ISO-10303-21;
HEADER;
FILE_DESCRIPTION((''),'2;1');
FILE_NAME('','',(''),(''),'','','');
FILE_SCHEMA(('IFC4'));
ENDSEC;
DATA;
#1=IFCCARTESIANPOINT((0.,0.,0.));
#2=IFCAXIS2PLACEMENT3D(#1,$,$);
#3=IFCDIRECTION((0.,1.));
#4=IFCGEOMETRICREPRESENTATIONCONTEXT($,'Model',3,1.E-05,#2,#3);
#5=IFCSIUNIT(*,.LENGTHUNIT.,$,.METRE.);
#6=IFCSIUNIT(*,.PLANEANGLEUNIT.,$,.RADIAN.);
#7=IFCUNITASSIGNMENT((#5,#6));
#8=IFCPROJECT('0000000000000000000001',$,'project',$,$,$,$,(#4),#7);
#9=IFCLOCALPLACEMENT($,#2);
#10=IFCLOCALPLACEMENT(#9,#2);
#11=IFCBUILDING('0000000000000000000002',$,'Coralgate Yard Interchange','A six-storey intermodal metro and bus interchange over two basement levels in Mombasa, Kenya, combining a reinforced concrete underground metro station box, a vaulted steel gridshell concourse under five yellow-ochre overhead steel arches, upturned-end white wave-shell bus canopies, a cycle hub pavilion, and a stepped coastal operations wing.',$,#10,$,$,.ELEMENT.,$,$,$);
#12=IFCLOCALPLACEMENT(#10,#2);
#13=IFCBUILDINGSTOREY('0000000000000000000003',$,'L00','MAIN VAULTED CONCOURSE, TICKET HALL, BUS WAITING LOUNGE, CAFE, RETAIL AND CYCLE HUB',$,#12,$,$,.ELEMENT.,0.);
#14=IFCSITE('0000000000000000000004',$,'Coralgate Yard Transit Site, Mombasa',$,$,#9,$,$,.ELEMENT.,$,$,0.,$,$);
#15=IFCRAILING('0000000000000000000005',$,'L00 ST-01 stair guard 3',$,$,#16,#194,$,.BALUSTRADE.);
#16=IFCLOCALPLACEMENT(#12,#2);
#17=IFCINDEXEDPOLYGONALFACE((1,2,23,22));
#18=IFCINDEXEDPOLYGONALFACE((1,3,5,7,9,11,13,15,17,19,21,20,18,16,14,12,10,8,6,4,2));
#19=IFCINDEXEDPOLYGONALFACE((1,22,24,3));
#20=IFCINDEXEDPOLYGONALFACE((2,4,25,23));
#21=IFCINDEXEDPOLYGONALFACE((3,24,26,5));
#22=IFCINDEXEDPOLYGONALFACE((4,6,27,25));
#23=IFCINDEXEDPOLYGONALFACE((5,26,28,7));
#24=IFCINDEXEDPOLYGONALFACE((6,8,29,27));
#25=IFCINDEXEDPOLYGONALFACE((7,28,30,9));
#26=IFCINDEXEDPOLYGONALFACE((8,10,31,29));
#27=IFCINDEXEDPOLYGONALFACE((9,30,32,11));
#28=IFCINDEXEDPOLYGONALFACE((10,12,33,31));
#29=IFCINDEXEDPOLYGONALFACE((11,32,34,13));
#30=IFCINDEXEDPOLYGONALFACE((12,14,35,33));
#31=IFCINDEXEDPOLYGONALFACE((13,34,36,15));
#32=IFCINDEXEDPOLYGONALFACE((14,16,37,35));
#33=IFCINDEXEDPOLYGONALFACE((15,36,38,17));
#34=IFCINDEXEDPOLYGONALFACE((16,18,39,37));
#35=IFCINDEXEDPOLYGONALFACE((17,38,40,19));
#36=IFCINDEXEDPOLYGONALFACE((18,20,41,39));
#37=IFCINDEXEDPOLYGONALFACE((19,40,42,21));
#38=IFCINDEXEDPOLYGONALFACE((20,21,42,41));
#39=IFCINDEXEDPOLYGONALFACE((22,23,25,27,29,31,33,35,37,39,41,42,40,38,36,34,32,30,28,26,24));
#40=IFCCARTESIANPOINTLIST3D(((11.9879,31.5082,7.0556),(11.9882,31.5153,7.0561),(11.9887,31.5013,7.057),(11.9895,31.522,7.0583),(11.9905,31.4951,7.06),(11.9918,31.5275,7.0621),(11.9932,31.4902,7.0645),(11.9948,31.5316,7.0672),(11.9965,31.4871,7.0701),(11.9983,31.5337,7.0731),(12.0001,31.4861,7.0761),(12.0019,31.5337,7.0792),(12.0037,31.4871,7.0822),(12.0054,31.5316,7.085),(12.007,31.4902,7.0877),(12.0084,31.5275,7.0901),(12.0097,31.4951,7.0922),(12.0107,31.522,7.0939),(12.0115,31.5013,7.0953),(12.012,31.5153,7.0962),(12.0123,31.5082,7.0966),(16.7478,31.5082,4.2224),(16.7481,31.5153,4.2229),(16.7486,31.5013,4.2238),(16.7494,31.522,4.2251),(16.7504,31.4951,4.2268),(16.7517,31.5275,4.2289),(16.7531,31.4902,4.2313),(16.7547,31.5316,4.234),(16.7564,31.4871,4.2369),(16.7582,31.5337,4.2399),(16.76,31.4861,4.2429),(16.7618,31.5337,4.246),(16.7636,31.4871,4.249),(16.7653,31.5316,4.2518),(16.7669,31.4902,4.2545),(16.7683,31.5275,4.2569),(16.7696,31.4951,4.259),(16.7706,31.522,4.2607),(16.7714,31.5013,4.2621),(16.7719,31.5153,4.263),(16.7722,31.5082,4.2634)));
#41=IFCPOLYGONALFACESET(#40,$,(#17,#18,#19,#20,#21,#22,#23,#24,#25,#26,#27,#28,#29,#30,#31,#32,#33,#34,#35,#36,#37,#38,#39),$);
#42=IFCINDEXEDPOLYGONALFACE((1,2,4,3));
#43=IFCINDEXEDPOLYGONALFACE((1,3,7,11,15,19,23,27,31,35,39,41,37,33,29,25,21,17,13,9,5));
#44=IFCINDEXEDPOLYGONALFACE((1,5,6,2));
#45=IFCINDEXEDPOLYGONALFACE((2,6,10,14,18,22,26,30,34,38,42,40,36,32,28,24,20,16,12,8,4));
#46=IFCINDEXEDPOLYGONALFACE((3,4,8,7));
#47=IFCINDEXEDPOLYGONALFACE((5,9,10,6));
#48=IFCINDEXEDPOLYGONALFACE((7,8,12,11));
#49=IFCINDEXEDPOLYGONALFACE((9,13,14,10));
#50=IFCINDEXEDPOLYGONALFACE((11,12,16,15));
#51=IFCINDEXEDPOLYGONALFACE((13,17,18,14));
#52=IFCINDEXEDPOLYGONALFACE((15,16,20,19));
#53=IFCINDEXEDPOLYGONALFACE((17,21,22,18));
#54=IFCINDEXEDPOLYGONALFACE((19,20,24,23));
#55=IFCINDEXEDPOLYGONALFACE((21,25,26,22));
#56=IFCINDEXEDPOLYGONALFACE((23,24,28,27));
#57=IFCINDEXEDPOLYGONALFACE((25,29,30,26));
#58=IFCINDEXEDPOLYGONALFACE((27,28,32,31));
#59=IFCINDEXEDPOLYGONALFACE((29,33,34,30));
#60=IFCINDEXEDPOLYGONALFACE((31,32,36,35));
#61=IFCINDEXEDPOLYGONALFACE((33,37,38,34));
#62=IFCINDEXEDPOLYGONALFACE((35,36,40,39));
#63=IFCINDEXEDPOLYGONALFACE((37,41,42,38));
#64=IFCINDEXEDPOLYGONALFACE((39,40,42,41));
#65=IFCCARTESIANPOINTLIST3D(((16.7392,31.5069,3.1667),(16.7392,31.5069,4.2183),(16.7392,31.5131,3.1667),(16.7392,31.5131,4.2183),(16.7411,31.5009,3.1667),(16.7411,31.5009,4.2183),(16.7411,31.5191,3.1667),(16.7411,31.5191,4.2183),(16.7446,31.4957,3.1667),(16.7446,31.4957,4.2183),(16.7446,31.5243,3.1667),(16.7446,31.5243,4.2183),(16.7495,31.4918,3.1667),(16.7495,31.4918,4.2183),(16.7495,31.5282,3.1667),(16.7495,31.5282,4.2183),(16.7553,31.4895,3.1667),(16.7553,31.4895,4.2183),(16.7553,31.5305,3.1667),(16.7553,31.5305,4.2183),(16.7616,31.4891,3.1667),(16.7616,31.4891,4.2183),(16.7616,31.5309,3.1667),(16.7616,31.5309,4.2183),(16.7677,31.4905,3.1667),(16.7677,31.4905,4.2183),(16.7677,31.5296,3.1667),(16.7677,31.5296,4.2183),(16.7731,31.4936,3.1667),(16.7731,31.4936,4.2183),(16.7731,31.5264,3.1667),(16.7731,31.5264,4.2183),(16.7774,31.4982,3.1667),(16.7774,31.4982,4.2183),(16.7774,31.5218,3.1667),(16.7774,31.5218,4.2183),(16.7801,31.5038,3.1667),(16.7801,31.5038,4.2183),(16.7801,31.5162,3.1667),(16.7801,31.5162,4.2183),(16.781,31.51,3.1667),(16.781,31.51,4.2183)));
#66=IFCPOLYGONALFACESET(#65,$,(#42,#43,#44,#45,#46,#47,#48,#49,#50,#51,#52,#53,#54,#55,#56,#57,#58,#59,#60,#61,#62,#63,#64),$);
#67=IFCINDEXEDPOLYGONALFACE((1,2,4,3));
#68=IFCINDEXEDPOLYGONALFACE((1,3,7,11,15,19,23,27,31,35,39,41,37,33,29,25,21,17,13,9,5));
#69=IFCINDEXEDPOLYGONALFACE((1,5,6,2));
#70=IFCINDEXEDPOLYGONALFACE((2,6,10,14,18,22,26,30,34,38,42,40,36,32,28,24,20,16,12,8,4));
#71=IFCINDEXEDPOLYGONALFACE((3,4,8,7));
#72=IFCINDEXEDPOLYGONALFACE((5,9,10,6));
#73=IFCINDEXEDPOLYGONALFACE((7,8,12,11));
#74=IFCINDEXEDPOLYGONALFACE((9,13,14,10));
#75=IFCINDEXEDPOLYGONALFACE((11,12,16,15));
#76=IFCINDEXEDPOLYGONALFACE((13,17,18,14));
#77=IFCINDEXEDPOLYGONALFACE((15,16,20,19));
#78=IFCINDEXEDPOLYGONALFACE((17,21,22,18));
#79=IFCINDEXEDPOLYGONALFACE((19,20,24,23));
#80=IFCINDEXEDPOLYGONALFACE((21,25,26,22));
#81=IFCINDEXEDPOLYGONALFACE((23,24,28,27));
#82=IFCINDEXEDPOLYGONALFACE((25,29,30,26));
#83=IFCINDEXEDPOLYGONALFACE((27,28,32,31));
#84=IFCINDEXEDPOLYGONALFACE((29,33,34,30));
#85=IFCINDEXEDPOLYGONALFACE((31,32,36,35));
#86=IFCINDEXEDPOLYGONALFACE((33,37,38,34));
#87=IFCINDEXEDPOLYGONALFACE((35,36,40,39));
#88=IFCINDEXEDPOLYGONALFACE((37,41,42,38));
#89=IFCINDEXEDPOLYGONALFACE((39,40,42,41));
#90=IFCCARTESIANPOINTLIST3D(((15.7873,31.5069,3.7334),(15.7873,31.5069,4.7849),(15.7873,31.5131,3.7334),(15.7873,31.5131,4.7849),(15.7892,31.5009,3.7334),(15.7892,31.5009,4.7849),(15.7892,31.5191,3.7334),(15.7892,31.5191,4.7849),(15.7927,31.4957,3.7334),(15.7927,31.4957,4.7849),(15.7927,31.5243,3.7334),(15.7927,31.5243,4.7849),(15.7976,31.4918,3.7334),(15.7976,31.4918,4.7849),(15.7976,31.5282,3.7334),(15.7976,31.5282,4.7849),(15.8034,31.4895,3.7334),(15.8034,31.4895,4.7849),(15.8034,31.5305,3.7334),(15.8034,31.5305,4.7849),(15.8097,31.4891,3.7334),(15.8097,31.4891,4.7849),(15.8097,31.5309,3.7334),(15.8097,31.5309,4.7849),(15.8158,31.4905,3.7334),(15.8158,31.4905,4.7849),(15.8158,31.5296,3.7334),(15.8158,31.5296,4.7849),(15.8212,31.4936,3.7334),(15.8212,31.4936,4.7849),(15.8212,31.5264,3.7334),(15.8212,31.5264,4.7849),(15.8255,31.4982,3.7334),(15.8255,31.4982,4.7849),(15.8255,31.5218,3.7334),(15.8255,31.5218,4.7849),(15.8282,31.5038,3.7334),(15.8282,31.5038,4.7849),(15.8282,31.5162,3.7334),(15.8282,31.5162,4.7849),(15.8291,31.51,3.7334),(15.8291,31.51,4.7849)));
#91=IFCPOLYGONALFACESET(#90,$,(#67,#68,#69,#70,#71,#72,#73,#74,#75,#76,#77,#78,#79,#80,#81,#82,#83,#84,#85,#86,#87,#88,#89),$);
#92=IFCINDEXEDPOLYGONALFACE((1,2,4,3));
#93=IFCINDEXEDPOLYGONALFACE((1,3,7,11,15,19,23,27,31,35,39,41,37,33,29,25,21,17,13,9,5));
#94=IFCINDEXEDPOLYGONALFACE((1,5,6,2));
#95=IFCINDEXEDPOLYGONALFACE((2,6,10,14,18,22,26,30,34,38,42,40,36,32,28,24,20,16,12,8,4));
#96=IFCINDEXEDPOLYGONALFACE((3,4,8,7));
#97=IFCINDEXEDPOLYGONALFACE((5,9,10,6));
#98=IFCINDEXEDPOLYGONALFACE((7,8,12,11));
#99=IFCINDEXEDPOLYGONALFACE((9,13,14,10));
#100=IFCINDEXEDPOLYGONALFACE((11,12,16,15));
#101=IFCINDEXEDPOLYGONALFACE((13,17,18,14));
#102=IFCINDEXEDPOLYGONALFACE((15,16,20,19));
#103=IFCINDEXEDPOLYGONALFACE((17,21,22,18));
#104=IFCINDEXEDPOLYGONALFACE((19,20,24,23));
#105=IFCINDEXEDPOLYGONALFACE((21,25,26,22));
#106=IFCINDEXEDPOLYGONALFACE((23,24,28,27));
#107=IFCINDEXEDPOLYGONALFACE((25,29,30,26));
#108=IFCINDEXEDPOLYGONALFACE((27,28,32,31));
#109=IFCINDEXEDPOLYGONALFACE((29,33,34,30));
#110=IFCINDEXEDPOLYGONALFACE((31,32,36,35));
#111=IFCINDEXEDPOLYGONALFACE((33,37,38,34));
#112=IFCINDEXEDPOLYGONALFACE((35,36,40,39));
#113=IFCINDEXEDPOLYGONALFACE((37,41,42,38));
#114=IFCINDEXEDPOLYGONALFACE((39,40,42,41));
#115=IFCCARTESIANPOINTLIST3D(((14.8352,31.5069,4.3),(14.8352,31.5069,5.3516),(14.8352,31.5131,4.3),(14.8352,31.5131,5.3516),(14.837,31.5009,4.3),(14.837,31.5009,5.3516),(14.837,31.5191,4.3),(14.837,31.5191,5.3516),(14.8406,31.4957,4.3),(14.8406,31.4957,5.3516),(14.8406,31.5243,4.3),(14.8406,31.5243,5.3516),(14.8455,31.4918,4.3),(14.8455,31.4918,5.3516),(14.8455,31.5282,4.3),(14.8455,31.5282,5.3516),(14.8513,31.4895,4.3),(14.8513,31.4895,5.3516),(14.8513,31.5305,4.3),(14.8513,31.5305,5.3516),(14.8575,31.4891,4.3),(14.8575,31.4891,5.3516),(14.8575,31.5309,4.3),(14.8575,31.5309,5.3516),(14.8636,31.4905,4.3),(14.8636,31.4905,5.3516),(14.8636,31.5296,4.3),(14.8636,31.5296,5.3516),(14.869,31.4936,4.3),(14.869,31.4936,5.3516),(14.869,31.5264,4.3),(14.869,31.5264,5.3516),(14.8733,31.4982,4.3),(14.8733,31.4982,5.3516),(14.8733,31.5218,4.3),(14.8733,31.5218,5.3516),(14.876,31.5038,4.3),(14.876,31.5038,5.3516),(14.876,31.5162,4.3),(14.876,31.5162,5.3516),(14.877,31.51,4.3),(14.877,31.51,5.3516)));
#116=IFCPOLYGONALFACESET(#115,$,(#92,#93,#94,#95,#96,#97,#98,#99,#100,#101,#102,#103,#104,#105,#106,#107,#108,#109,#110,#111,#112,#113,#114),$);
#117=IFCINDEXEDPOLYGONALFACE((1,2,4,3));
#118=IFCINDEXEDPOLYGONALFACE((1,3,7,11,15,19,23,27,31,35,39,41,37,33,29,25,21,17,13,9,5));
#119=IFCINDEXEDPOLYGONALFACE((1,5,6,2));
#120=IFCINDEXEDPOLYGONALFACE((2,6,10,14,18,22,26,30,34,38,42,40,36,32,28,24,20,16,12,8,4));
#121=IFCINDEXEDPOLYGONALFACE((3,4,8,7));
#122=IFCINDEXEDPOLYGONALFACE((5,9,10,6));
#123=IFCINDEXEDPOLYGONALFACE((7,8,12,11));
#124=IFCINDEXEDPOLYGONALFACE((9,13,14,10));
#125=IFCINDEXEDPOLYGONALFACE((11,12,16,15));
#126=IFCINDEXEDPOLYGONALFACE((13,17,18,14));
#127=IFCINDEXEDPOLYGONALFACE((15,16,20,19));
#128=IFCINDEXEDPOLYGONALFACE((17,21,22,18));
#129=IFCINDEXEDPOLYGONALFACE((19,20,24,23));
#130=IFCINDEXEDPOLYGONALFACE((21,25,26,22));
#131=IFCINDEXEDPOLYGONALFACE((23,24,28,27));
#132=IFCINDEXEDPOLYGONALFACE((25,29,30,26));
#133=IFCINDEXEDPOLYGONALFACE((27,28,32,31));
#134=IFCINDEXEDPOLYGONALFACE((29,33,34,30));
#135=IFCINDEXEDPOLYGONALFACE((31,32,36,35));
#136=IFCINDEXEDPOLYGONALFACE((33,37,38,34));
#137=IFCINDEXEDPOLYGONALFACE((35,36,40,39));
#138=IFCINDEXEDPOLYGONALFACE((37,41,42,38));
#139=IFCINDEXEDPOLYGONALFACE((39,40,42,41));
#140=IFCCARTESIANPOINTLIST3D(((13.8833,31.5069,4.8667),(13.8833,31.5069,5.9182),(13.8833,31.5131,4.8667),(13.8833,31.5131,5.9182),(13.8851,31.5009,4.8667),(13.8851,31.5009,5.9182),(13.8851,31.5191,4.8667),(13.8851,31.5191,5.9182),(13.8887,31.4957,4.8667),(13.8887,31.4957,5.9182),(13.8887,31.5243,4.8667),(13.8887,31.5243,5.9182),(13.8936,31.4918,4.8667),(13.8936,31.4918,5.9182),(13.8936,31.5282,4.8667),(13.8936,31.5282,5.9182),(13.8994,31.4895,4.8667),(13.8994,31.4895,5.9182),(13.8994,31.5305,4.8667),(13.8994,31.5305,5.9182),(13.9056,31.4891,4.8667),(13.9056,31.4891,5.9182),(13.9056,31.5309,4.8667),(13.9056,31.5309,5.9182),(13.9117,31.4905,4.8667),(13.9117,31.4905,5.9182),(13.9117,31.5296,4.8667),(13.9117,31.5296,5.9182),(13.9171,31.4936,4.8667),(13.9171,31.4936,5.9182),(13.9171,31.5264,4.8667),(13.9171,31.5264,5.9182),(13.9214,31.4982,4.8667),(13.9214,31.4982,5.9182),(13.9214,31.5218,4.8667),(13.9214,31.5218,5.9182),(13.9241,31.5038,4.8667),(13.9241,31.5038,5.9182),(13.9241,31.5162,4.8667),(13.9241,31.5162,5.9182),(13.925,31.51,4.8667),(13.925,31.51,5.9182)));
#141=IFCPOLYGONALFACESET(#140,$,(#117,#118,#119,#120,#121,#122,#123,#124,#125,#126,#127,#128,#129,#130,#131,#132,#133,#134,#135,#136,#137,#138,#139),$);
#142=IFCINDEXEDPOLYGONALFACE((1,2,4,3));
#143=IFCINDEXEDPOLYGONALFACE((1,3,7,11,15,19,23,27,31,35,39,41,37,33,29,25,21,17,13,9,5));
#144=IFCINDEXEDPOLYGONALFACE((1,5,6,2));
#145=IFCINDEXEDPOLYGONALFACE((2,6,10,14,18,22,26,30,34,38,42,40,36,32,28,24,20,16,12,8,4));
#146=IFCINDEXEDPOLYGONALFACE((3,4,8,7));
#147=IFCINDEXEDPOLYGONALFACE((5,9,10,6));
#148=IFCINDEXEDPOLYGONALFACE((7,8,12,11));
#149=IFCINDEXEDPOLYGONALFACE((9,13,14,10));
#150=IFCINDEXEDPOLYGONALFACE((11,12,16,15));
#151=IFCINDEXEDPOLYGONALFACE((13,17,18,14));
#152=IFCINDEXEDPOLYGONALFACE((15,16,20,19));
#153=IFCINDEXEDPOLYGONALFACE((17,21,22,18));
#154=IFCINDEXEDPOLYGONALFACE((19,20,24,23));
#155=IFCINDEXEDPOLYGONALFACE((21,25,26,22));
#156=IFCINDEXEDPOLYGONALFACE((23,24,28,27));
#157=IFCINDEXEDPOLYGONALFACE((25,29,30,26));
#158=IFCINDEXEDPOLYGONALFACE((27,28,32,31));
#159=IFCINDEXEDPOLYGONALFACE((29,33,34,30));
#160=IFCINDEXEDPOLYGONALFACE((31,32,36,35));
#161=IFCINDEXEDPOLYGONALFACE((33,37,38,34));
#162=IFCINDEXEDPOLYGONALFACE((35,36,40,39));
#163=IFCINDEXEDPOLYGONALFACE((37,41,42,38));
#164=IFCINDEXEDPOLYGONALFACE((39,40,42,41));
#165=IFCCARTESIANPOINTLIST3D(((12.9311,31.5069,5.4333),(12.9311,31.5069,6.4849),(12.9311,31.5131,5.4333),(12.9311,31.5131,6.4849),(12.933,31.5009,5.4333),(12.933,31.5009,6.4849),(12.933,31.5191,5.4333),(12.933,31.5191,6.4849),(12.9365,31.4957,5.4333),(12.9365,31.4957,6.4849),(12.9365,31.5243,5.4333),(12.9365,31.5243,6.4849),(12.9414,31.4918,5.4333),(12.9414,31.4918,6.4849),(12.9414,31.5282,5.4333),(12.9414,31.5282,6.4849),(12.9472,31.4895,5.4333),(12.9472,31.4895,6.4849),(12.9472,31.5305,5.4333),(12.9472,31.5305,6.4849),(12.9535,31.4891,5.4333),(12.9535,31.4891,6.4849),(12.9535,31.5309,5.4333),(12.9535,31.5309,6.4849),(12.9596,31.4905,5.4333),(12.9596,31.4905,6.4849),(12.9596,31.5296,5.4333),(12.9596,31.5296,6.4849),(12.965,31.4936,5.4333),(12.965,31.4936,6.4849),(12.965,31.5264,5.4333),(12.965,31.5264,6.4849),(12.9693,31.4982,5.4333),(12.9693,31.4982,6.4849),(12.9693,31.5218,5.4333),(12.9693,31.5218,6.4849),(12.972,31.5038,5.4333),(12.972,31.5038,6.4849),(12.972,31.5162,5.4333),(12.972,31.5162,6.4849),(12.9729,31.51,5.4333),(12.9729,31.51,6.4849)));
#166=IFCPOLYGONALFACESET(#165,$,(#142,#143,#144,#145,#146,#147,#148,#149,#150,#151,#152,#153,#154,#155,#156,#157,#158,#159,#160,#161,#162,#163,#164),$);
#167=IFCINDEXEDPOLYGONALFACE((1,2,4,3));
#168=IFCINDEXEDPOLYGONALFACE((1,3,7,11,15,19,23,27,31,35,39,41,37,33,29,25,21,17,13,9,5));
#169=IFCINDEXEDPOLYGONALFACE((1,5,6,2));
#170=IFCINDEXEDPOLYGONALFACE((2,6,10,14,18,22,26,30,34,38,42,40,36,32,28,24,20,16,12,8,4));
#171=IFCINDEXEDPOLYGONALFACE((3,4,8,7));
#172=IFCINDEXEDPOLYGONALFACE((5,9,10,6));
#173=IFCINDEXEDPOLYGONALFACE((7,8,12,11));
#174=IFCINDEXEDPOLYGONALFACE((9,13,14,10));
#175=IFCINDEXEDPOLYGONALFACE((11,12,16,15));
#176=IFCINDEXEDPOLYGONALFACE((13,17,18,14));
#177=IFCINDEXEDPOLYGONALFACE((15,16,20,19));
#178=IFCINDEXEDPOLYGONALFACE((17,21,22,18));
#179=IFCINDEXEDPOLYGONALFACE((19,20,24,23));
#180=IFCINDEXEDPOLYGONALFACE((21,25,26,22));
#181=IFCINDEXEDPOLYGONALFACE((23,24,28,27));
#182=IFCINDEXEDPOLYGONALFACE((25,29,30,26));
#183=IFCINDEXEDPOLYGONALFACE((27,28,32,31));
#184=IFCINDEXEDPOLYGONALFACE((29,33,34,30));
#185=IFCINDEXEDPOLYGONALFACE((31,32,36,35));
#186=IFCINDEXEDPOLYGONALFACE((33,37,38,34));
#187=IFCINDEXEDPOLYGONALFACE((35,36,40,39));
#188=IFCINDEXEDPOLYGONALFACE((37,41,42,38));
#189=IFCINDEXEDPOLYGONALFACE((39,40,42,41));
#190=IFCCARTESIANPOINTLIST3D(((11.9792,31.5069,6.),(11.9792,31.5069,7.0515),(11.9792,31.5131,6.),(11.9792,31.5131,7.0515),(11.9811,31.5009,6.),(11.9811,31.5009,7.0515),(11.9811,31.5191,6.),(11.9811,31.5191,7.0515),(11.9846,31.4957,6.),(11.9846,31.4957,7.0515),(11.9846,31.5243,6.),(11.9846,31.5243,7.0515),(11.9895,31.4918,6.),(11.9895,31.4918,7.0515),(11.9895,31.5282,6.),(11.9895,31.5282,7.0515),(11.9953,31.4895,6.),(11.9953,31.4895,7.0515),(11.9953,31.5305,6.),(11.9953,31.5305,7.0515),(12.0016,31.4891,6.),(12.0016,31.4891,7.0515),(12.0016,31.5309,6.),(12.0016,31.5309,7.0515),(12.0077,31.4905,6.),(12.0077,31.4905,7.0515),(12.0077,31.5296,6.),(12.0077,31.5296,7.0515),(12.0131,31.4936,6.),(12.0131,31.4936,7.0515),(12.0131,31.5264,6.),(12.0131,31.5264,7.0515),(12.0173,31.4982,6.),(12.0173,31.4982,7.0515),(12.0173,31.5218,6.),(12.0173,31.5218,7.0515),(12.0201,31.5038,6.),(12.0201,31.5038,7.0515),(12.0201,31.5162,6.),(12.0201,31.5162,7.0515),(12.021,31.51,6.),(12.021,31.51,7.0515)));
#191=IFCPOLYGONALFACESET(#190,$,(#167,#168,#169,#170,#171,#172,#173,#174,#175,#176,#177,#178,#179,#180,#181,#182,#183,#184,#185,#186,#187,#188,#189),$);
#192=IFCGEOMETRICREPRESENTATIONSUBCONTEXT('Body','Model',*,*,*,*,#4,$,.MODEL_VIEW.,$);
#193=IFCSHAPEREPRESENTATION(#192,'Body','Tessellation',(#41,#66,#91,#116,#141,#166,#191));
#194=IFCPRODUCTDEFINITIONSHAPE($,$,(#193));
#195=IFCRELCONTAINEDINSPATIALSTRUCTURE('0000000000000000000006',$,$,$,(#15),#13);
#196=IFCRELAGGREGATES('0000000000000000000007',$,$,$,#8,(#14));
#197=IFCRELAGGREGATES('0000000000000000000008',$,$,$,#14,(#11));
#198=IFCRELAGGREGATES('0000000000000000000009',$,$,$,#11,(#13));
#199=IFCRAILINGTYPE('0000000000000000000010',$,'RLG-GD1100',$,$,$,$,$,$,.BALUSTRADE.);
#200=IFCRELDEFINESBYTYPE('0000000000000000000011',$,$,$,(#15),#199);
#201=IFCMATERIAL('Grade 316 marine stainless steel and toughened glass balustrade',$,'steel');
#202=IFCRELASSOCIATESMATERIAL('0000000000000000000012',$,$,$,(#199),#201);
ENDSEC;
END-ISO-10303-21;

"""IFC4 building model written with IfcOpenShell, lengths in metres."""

from ifc_helpers import new_model, si_unit, direction, frame, origin, origin_2d, place, context, subcontext, project, spatial, circle, extrude, material, type_object, element, save


model = new_model("IFC4")

# Units and contexts
model_context = context("Model", 3, precision=1e-05, world=origin(), true_north=direction((0.0, 1.0)))
body_context = subcontext(model_context, "Body", "Model", "MODEL_VIEW")
ifc_project = project(units=[si_unit("LENGTHUNIT", "METRE"), si_unit("PLANEANGLEUNIT", "RADIAN")], contexts=[model_context])

# Site, building, storey
site_placement = place(None, origin())
site = spatial("IfcSite", under=ifc_project, at=site_placement, Name="Coralgate Yard Transit Site, Mombasa", CompositionType="ELEMENT", RefElevation=0.0)
building_placement = place(site_placement, origin())
building = spatial("IfcBuilding", under=site, at=building_placement, Name="Coralgate Yard Interchange", Description="A six-storey intermodal metro and bus interchange over two basement levels in Mombasa, Kenya, combining a reinforced concrete underground metro station box, a vaulted steel gridshell concourse under five yellow-ochre overhead steel arches, upturned-end white wave-shell bus canopies, a cycle hub pavilion, and a stepped coastal operations wing.", CompositionType="ELEMENT")
storey_placement = place(building_placement, origin())
storey = spatial("IfcBuildingStorey", under=building, at=storey_placement, Name="L00", Description="MAIN VAULTED CONCOURSE, TICKET HALL, BUS WAITING LOUNGE, CAFE, RETAIL AND CYCLE HUB", CompositionType="ELEMENT", Elevation=0.0)

# Railing
ifc_material_1 = material(Name="Grade 316 marine stainless steel and toughened glass balustrade", Category="steel")
railing_type_1 = type_object("IfcRailingType", Name="RLG-GD1100", PredefinedType="BALUSTRADE", material=ifc_material_1)
railing_1_placement = place(storey_placement, frame((16.76, 31.51, 3.1667)))
element("IfcRailing", 1, at=railing_1_placement, inside=storey, type_object=railing_type_1, Name="L00 ST-01 stair guard 3", PredefinedType="BALUSTRADE", context=body_context, shape_type="SweptSolid", body=[
    extrude(circle(Radius=0.0239, at=origin_2d()), frame((0.0, 0.0, 1.0762), z_axis=(-0.8593, 0.0, 0.511472), x_axis=(0.0, -1.0, 0.0)), (0.0, 0.0, 1.0), 5.5393),
    extrude(circle(Radius=0.021, at=origin_2d()), origin(), (0.0, 0.0, 1.0), 1.0515),
    extrude(circle(Radius=0.021, at=origin_2d()), frame((-0.9519, 0.0, 0.5667)), (0.0, 0.0, 1.0), 1.0515),
    extrude(circle(Radius=0.021, at=origin_2d()), frame((-1.9041, 0.0, 1.1333)), (0.0, 0.0, 1.0), 1.0515),
    extrude(circle(Radius=0.021, at=origin_2d()), frame((-2.856, 0.0, 1.7)), (0.0, 0.0, 1.0), 1.0515),
    extrude(circle(Radius=0.021, at=origin_2d()), frame((-3.8081, 0.0, 2.2666)), (0.0, 0.0, 1.0), 1.0515),
    extrude(circle(Radius=0.021, at=origin_2d()), frame((-4.76, 0.0, 2.8333)), (0.0, 0.0, 1.0), 1.0515),
])

save(model, "model.ifc")
